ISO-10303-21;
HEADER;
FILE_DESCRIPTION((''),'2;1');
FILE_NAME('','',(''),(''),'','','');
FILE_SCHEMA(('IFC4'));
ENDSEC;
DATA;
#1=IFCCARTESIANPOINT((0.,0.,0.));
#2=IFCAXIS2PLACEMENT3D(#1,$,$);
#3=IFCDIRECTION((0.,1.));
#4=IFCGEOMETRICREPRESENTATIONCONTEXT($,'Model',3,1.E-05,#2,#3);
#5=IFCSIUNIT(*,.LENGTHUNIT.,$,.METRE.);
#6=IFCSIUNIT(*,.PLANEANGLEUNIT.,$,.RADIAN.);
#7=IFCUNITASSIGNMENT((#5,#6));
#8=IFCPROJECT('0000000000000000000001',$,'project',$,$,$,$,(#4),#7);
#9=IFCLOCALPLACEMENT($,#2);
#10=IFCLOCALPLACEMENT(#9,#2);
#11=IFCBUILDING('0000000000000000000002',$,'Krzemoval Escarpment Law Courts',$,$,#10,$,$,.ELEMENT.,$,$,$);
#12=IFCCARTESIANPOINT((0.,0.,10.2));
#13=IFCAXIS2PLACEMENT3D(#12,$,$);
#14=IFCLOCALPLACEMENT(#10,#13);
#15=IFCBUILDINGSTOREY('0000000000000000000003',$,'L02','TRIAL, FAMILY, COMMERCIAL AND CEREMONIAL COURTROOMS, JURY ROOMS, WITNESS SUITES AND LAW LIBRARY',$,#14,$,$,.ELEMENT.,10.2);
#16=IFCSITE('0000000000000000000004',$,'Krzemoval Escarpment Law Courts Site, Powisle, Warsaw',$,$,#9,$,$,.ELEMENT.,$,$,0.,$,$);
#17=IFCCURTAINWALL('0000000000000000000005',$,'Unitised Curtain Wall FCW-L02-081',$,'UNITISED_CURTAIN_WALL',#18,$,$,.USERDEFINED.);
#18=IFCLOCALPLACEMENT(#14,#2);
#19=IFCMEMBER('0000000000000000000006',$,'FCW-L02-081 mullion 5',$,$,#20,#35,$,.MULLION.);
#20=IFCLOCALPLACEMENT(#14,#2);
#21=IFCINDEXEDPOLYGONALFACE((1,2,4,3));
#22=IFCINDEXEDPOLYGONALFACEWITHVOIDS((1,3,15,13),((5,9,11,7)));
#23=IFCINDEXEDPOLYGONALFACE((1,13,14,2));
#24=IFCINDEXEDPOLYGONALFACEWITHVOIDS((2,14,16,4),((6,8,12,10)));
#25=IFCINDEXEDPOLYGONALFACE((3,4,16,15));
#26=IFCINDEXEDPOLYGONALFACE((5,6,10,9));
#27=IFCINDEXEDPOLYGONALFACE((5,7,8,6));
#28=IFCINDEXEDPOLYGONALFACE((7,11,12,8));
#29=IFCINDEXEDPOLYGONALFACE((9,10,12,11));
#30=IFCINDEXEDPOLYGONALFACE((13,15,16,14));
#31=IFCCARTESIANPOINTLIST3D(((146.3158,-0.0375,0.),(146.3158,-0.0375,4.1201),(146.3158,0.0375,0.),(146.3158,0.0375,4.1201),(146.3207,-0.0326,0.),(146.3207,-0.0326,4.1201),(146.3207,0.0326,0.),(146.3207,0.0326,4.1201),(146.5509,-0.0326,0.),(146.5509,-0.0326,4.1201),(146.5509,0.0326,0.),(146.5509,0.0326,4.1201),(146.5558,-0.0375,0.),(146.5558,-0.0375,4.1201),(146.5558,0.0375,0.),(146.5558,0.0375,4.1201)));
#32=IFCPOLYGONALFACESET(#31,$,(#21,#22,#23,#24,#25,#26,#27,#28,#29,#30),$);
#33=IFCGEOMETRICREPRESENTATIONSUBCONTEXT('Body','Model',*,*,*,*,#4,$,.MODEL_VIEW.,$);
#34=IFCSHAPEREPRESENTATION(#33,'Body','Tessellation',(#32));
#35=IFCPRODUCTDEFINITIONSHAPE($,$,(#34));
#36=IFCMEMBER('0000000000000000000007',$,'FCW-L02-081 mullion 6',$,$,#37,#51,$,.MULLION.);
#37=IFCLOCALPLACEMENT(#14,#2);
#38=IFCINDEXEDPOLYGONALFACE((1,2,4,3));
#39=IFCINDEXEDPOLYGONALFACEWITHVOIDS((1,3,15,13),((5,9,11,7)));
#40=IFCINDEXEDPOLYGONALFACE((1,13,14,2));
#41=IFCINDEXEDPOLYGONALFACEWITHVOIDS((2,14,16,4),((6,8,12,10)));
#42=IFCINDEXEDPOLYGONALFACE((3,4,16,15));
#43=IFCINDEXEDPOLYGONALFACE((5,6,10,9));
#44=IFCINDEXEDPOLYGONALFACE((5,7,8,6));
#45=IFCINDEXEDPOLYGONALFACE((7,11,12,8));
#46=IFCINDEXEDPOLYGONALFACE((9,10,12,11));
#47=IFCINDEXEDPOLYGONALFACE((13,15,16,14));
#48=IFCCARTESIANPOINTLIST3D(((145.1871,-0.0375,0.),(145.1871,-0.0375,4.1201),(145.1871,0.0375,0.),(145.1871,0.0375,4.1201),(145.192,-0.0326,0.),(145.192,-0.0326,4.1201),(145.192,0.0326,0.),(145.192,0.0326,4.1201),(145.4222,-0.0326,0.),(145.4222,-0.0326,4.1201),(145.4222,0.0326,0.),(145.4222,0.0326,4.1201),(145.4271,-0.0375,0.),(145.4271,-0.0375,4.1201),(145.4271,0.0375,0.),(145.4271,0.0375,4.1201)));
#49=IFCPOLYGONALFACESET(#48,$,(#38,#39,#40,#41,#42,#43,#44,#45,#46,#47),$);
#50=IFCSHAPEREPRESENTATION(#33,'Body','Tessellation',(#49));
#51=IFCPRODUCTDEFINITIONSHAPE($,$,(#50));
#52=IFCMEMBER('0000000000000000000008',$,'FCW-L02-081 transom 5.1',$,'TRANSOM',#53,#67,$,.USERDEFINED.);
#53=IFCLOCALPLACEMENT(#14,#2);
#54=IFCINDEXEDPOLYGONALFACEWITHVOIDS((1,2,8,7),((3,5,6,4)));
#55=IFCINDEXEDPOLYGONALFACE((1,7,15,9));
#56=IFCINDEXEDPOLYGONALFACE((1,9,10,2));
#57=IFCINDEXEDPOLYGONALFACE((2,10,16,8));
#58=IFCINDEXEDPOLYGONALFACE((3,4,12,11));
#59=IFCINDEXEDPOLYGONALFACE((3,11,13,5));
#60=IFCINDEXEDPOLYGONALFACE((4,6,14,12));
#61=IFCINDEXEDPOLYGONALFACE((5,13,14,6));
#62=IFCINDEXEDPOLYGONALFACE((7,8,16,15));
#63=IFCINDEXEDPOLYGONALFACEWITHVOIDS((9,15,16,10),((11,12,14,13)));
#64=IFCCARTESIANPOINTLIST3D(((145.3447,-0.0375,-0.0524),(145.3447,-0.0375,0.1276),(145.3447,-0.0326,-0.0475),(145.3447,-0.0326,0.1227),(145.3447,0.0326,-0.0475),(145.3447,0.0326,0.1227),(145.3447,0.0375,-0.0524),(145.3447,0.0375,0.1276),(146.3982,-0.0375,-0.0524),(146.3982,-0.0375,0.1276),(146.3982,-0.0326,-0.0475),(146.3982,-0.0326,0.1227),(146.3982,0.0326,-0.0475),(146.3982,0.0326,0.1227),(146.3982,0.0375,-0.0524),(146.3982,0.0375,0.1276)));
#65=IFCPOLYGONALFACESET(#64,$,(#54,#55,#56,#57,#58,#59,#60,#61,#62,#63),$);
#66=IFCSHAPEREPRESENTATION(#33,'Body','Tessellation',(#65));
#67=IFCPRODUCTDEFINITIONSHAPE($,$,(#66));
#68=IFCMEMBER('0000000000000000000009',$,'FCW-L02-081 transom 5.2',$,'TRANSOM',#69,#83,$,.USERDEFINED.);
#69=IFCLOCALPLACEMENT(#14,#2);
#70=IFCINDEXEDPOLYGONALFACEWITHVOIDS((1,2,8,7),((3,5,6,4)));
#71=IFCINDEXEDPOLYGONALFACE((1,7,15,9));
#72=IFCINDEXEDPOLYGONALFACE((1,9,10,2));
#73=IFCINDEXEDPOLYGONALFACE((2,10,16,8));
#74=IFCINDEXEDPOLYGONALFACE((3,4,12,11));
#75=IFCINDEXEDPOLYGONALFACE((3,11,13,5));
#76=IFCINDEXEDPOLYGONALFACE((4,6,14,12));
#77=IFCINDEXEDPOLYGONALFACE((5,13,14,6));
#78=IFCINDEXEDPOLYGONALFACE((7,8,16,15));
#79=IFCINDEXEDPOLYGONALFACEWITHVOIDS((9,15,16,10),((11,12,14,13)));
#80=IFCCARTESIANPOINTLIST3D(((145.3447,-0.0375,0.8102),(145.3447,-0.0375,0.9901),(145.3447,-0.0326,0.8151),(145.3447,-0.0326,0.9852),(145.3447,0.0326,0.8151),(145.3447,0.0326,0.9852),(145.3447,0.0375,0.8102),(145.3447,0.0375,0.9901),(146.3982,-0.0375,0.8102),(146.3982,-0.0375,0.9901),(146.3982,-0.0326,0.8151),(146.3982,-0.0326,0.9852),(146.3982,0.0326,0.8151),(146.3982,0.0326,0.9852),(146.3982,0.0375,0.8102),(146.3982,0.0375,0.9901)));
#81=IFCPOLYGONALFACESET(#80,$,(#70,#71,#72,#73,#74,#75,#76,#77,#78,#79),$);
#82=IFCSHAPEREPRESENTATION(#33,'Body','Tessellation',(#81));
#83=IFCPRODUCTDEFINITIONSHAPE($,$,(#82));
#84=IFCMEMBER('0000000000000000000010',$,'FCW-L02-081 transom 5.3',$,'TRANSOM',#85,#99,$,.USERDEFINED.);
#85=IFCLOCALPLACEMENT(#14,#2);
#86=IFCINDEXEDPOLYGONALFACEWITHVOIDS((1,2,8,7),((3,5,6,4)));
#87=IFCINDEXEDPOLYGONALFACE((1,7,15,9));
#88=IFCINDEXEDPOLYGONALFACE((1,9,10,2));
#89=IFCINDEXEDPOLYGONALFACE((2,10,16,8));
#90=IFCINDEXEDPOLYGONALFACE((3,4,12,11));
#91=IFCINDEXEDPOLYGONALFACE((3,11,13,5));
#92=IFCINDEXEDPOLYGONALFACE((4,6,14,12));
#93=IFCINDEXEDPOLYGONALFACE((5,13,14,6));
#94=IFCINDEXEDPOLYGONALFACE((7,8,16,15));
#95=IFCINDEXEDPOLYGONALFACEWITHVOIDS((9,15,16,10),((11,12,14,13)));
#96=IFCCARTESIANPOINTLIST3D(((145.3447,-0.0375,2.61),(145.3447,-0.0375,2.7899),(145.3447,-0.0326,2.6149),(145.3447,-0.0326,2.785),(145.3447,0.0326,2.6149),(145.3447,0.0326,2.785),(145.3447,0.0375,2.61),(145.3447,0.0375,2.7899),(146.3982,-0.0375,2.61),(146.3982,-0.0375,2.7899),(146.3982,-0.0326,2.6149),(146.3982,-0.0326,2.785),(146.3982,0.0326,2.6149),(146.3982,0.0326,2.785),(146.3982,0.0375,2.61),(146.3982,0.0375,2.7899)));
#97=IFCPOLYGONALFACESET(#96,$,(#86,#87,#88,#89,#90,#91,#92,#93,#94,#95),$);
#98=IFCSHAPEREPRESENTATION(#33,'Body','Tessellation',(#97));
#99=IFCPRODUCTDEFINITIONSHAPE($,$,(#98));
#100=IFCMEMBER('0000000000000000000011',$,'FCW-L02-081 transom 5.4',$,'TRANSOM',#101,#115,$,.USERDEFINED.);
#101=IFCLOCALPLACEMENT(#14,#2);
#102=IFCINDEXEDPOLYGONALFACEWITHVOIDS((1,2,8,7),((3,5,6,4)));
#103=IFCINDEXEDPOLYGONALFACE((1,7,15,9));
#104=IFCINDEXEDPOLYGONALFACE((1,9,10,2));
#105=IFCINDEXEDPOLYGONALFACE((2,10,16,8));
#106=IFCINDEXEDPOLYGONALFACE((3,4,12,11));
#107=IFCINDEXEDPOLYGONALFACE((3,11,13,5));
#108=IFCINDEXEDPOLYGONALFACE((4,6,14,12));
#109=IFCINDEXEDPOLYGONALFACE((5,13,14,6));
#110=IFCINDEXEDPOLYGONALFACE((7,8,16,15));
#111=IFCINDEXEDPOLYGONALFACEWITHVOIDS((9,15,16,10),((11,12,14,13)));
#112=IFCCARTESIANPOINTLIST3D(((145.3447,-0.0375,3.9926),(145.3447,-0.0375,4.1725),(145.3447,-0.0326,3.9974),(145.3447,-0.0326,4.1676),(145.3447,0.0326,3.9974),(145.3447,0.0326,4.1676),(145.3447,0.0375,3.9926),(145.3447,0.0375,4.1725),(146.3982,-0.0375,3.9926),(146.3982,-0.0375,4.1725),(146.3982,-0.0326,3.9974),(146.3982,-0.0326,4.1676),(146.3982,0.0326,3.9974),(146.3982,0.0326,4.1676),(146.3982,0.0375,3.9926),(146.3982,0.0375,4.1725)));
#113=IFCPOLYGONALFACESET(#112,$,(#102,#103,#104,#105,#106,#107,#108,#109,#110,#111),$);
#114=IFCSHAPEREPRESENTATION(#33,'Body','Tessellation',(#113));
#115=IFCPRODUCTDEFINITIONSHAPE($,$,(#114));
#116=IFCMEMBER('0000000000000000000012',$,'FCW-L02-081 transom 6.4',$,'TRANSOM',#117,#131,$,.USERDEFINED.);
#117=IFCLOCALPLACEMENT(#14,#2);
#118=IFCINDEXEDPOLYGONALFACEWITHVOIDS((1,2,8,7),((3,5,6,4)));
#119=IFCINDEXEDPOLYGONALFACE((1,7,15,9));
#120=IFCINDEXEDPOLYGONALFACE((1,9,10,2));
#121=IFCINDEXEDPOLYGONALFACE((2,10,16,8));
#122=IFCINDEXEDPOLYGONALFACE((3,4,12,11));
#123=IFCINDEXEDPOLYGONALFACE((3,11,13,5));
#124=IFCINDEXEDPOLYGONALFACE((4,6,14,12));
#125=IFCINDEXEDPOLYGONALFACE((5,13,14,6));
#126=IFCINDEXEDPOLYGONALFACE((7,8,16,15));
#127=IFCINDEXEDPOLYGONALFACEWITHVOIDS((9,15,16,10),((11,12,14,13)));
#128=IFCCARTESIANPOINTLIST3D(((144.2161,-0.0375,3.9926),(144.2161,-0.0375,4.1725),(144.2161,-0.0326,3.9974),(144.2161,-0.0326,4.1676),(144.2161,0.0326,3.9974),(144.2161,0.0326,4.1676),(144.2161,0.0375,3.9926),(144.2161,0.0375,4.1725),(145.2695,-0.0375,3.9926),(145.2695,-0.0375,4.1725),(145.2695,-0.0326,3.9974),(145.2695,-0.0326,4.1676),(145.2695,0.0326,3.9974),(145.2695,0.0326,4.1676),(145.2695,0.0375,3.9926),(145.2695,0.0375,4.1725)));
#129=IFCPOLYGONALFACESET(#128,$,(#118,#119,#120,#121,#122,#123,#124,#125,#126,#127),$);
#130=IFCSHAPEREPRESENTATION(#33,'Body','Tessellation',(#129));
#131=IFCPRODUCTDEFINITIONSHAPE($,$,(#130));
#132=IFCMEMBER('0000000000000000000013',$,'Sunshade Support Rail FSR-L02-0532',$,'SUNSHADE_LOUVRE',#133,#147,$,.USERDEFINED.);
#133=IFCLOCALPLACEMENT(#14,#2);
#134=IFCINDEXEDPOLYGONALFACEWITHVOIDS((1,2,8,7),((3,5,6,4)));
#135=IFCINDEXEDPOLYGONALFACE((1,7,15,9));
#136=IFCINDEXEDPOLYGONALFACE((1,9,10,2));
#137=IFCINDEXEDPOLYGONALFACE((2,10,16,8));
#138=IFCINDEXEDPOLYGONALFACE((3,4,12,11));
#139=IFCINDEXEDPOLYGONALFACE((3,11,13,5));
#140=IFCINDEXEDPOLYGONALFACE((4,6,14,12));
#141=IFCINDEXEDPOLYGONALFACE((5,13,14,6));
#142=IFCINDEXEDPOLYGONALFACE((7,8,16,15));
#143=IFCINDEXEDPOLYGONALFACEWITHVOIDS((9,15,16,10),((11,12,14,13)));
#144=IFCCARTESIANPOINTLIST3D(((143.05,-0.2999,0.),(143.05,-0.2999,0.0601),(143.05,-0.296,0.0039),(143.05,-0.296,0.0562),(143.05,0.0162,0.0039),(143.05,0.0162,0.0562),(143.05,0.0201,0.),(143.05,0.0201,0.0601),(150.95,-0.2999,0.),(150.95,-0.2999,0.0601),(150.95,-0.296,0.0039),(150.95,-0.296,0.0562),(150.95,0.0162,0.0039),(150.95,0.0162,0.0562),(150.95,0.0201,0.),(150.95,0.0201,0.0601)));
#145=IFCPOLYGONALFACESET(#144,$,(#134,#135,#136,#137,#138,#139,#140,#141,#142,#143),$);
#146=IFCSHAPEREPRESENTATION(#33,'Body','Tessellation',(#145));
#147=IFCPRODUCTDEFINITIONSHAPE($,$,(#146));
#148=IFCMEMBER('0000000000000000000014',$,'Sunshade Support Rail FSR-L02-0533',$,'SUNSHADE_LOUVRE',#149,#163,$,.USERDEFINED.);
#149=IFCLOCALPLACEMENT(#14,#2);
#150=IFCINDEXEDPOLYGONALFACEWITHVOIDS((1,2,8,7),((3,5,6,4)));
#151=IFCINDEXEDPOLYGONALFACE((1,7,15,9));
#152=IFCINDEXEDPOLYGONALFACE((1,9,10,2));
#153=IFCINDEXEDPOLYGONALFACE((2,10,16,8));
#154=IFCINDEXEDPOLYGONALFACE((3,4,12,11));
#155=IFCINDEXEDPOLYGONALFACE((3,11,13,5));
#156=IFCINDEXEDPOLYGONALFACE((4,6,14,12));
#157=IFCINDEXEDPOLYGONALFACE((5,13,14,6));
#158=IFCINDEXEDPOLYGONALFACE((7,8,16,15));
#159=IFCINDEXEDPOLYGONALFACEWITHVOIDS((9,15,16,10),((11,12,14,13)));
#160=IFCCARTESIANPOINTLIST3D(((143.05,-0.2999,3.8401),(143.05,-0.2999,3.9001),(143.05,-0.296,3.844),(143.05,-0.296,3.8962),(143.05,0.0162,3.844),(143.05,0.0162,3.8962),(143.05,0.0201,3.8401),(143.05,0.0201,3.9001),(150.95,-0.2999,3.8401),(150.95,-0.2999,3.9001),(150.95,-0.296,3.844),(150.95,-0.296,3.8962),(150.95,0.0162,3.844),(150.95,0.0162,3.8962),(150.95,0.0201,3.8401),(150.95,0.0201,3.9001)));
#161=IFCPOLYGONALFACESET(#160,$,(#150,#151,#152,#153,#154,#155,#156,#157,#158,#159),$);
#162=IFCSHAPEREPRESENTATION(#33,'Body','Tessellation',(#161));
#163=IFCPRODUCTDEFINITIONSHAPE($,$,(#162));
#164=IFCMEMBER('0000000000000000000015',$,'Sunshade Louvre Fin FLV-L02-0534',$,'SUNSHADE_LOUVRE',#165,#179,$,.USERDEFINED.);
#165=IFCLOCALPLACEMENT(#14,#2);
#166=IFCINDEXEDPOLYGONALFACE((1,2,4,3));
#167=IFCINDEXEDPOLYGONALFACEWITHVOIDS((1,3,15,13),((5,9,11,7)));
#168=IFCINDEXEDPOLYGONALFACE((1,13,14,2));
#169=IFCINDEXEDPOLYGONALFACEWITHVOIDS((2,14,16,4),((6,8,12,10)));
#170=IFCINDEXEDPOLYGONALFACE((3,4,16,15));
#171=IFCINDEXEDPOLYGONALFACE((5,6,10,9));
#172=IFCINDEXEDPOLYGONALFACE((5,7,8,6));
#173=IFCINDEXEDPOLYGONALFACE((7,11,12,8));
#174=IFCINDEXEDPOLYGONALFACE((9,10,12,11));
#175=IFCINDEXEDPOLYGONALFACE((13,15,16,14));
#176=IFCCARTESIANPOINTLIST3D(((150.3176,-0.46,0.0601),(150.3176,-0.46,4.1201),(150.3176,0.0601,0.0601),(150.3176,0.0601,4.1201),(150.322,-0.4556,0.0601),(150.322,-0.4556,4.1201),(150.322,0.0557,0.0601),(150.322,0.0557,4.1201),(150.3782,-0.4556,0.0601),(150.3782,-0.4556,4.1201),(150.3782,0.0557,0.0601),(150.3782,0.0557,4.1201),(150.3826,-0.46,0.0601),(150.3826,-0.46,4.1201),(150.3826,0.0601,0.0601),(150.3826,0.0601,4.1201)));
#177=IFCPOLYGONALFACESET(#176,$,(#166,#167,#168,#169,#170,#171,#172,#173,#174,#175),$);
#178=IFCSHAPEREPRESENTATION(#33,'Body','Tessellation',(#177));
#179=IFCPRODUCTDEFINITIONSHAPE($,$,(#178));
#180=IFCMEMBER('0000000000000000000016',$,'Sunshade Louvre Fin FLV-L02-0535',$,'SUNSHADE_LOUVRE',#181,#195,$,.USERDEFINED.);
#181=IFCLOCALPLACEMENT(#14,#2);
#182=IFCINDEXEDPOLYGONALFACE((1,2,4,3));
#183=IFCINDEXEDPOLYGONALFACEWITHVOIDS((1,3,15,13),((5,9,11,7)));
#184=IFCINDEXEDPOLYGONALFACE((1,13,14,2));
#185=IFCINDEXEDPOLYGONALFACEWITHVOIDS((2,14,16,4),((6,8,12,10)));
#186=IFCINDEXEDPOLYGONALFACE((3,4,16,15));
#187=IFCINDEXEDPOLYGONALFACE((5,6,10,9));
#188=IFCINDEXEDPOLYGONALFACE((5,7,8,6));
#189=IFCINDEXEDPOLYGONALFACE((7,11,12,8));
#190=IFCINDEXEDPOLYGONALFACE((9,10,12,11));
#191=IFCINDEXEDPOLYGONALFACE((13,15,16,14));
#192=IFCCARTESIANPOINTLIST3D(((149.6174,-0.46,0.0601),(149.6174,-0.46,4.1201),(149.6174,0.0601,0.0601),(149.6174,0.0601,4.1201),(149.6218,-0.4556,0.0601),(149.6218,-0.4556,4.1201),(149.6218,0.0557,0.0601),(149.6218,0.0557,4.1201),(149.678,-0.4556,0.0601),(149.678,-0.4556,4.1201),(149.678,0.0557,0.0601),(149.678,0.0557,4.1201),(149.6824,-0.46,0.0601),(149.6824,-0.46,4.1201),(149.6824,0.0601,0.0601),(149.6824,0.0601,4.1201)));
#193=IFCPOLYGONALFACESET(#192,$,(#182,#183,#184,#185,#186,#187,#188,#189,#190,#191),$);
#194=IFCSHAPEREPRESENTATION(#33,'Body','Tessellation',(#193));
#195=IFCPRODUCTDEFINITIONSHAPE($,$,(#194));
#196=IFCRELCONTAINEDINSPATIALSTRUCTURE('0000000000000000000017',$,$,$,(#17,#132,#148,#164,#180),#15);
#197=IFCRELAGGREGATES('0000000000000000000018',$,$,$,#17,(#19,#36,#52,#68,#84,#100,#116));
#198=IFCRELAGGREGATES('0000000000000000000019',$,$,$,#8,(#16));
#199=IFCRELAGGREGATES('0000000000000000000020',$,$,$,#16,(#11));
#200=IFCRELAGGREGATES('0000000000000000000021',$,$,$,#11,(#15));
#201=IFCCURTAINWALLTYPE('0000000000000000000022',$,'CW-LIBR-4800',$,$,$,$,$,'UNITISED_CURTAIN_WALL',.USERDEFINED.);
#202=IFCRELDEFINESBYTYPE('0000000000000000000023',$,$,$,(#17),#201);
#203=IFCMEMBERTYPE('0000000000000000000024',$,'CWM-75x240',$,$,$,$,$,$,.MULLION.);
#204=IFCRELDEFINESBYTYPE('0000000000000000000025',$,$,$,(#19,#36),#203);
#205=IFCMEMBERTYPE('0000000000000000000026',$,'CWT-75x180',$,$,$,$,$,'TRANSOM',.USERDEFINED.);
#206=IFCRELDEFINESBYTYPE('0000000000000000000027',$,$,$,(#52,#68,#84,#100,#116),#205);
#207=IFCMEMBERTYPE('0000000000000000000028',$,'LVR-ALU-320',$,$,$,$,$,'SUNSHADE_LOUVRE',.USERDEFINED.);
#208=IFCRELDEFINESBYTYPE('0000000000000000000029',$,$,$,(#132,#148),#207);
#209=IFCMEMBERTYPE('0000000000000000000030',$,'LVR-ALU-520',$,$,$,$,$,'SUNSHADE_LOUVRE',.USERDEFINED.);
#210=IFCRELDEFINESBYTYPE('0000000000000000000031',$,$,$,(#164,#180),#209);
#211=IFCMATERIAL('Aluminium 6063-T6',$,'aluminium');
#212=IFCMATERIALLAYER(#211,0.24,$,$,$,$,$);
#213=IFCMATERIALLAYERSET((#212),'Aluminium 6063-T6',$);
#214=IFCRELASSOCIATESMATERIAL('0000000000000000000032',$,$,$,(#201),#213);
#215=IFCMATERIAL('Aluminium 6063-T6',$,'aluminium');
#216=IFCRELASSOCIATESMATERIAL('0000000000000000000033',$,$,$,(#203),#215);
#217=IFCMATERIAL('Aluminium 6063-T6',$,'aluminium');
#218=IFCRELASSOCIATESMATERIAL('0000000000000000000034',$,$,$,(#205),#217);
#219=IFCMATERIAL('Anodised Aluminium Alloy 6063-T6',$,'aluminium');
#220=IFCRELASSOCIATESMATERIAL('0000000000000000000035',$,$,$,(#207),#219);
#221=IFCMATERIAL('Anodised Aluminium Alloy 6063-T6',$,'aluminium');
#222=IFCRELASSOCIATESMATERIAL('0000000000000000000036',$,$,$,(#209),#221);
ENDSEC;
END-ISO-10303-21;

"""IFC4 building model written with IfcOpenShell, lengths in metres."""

from ifc_helpers import new_model, si_unit, direction, frame, origin, origin_2d, place, context, subcontext, project, spatial, hollow_rectangle, extrude, material, layer, layer_set, material_profile, profile_set, type_object, element, aggregate, save


model = new_model("IFC4")

# Units and contexts
model_context = context("Model", 3, precision=1e-05, world=origin(), true_north=direction((0.0, 1.0)))
body_context = subcontext(model_context, "Body", "Model", "MODEL_VIEW")
ifc_project = project(units=[si_unit("LENGTHUNIT", "METRE"), si_unit("PLANEANGLEUNIT", "RADIAN")], contexts=[model_context])

# Site, building, storey
site_placement = place(None, origin())
site = spatial("IfcSite", under=ifc_project, at=site_placement, Name="Krzemoval Escarpment Law Courts Site, Powisle, Warsaw", CompositionType="ELEMENT", RefElevation=0.0)
building_placement = place(site_placement, origin())
building = spatial("IfcBuilding", under=site, at=building_placement, Name="Krzemoval Escarpment Law Courts", CompositionType="ELEMENT")
storey_placement = place(building_placement, frame((0.0, 0.0, 10.2)))
storey = spatial("IfcBuildingStorey", under=building, at=storey_placement, Name="L02", Description="TRIAL, FAMILY, COMMERCIAL AND CEREMONIAL COURTROOMS, JURY ROOMS, WITNESS SUITES AND LAW LIBRARY", CompositionType="ELEMENT", Elevation=10.2)

# Curtain wall, members
ifc_material_1 = material(Name="Aluminium 6063-T6", Category="aluminium")
ifc_layer_1 = layer(ifc_material_1, 0.24)
ifc_layer_set_1 = layer_set([ifc_layer_1], Name="Aluminium 6063-T6")
curtain_wall_type = type_object("IfcCurtainWallType", Name="CW-LIBR-4800", ElementType="UNITISED_CURTAIN_WALL", PredefinedType="USERDEFINED", material=ifc_layer_set_1)
curtain_wall_placement = place(storey_placement, origin())
curtain_wall = element("IfcCurtainWall", 1, at=curtain_wall_placement, inside=storey, type_object=curtain_wall_type, Name="Unitised Curtain Wall FCW-L02-081", ObjectType="UNITISED_CURTAIN_WALL", PredefinedType="USERDEFINED")
ifc_material_2 = material(Name="Aluminium 6063-T6", Category="aluminium")
ifc_material_profile_1 = material_profile(ifc_material_2, hollow_rectangle(XDim=0.075, YDim=0.24, WallThickness=0.0049, at=origin_2d()), Name="ALU M75x240")
ifc_profile_set_1 = profile_set([ifc_material_profile_1], Name="Aluminium 6063-T6")
member_type_1 = type_object("IfcMemberType", Name="CWM-75x240", PredefinedType="MULLION", material=ifc_profile_set_1)
member_1_placement = place(storey_placement, frame((146.4358, 0.0, 0.0), z_axis=(0.0, 0.0, 1.0), x_axis=(0.0, -1.0, 0.0)))
member_1 = element("IfcMember", 2, at=member_1_placement, type_object=member_type_1, Name="FCW-L02-081 mullion 5", PredefinedType="MULLION", context=body_context, shape_type="SweptSolid", body=[
    extrude(hollow_rectangle(XDim=0.075, YDim=0.24, WallThickness=0.0049, at=origin_2d()), origin(), (0.0, 0.0, 1.0), 4.1201),
])
member_2_placement = place(storey_placement, frame((145.3071, 0.0, 0.0), z_axis=(0.0, 0.0, 1.0), x_axis=(0.0, -1.0, 0.0)))
member_2 = element("IfcMember", 3, at=member_2_placement, type_object=member_type_1, Name="FCW-L02-081 mullion 6", PredefinedType="MULLION", context=body_context, shape_type="SweptSolid", body=[
    extrude(hollow_rectangle(XDim=0.075, YDim=0.24, WallThickness=0.0049, at=origin_2d()), origin(), (0.0, 0.0, 1.0), 4.1201),
])
ifc_material_3 = material(Name="Aluminium 6063-T6", Category="aluminium")
ifc_material_profile_2 = material_profile(ifc_material_3, hollow_rectangle(XDim=0.075, YDim=0.1799, WallThickness=0.0049, at=origin_2d()), Name="ALU T75x180")
ifc_profile_set_2 = profile_set([ifc_material_profile_2], Name="Aluminium 6063-T6")
member_type_2 = type_object("IfcMemberType", Name="CWT-75x180", ElementType="TRANSOM", PredefinedType="USERDEFINED", material=ifc_profile_set_2)
member_3_placement = place(storey_placement, frame((146.3982, 0.0, 0.0376), z_axis=(-1.0, 0.0, 0.0), x_axis=(0.0, -1.0, 0.0)))
member_3 = element("IfcMember", 4, at=member_3_placement, type_object=member_type_2, Name="FCW-L02-081 transom 5.1", ObjectType="TRANSOM", PredefinedType="USERDEFINED", context=body_context, shape_type="SweptSolid", body=[
    extrude(hollow_rectangle(XDim=0.075, YDim=0.1799, WallThickness=0.0049, at=origin_2d()), origin(), (0.0, 0.0, 1.0), 1.0535),
])
member_4_placement = place(storey_placement, frame((146.3982, 0.0, 0.9001), z_axis=(-1.0, 0.0, 0.0), x_axis=(0.0, -1.0, 0.0)))
member_4 = element("IfcMember", 5, at=member_4_placement, type_object=member_type_2, Name="FCW-L02-081 transom 5.2", ObjectType="TRANSOM", PredefinedType="USERDEFINED", context=body_context, shape_type="SweptSolid", body=[
    extrude(hollow_rectangle(XDim=0.075, YDim=0.1799, WallThickness=0.0049, at=origin_2d()), origin(), (0.0, 0.0, 1.0), 1.0535),
])
member_5_placement = place(storey_placement, frame((146.3982, 0.0, 2.7), z_axis=(-1.0, 0.0, 0.0), x_axis=(0.0, -1.0, 0.0)))
member_5 = element("IfcMember", 6, at=member_5_placement, type_object=member_type_2, Name="FCW-L02-081 transom 5.3", ObjectType="TRANSOM", PredefinedType="USERDEFINED", context=body_context, shape_type="SweptSolid", body=[
    extrude(hollow_rectangle(XDim=0.075, YDim=0.1799, WallThickness=0.0049, at=origin_2d()), origin(), (0.0, 0.0, 1.0), 1.0535),
])
member_6_placement = place(storey_placement, frame((146.3982, 0.0, 4.0825), z_axis=(-1.0, 0.0, 0.0), x_axis=(0.0, -1.0, 0.0)))
member_6 = element("IfcMember", 7, at=member_6_placement, type_object=member_type_2, Name="FCW-L02-081 transom 5.4", ObjectType="TRANSOM", PredefinedType="USERDEFINED", context=body_context, shape_type="SweptSolid", body=[
    extrude(hollow_rectangle(XDim=0.075, YDim=0.1799, WallThickness=0.0049, at=origin_2d()), origin(), (0.0, 0.0, 1.0), 1.0535),
])
member_7_placement = place(storey_placement, frame((145.2695, 0.0, 4.0825), z_axis=(-1.0, 0.0, 0.0), x_axis=(0.0, -1.0, 0.0)))
member_7 = element("IfcMember", 8, at=member_7_placement, type_object=member_type_2, Name="FCW-L02-081 transom 6.4", ObjectType="TRANSOM", PredefinedType="USERDEFINED", context=body_context, shape_type="SweptSolid", body=[
    extrude(hollow_rectangle(XDim=0.075, YDim=0.1799, WallThickness=0.0049, at=origin_2d()), origin(), (0.0, 0.0, 1.0), 1.0535),
])

# Members
ifc_material_4 = material(Name="Anodised Aluminium Alloy 6063-T6", Category="aluminium")
ifc_material_profile_3 = material_profile(ifc_material_4, hollow_rectangle(XDim=0.0601, YDim=0.3201, WallThickness=0.0039, at=origin_2d()), Name="ALU LVR 60x320")
ifc_profile_set_3 = profile_set([ifc_material_profile_3], Name="Anodised Aluminium Alloy 6063-T6")
member_type_3 = type_object("IfcMemberType", Name="LVR-ALU-320", ElementType="SUNSHADE_LOUVRE", PredefinedType="USERDEFINED", material=ifc_profile_set_3)
for number, where, z_axis, x_axis, name in (
    (9, (150.95, -0.1399, 0.03), (-1.0, 0.0, 0.0), (0.0, 0.0, 1.0), "Sunshade Support Rail FSR-L02-0532"),
    (10, (150.95, -0.1399, 3.8701), (-1.0, 0.0, 0.0), (0.0, 0.0, 1.0), "Sunshade Support Rail FSR-L02-0533"),
):
    element("IfcMember", number, at=place(storey_placement, frame(where, z_axis=z_axis, x_axis=x_axis)), inside=storey, type_object=member_type_3, Name=name, ObjectType="SUNSHADE_LOUVRE", PredefinedType="USERDEFINED", context=body_context, shape_type="SweptSolid", body=[
        extrude(hollow_rectangle(XDim=0.0601, YDim=0.3201, WallThickness=0.0039, at=origin_2d()), origin(), (0.0, 0.0, 1.0), 7.8999),
    ])
ifc_material_5 = material(Name="Anodised Aluminium Alloy 6063-T6", Category="aluminium")
ifc_material_profile_4 = material_profile(ifc_material_5, hollow_rectangle(XDim=0.0649, YDim=0.52, WallThickness=0.0044, at=origin_2d()), Name="ALU LVR 65x520")
ifc_profile_set_4 = profile_set([ifc_material_profile_4], Name="Anodised Aluminium Alloy 6063-T6")
member_type_4 = type_object("IfcMemberType", Name="LVR-ALU-520", ElementType="SUNSHADE_LOUVRE", PredefinedType="USERDEFINED", material=ifc_profile_set_4)
for number, where, z_axis, x_axis, name in (
    (11, (150.3501, -0.2, 0.0601), (0.0, 0.0, 1.0), (1.0, 0.0, 0.0), "Sunshade Louvre Fin FLV-L02-0534"),
    (12, (149.6499, -0.2, 0.0601), (0.0, 0.0, 1.0), (1.0, 0.0, 0.0), "Sunshade Louvre Fin FLV-L02-0535"),
):
    element("IfcMember", number, at=place(storey_placement, frame(where, z_axis=z_axis, x_axis=x_axis)), inside=storey, type_object=member_type_4, Name=name, ObjectType="SUNSHADE_LOUVRE", PredefinedType="USERDEFINED", context=body_context, shape_type="SweptSolid", body=[
        extrude(hollow_rectangle(XDim=0.0649, YDim=0.52, WallThickness=0.0044, at=origin_2d()), origin(), (0.0, 0.0, 1.0), 4.0601),
    ])

aggregate(curtain_wall, [member_1, member_2, member_3, member_4, member_5, member_6, member_7])

save(model, "model.ifc")
